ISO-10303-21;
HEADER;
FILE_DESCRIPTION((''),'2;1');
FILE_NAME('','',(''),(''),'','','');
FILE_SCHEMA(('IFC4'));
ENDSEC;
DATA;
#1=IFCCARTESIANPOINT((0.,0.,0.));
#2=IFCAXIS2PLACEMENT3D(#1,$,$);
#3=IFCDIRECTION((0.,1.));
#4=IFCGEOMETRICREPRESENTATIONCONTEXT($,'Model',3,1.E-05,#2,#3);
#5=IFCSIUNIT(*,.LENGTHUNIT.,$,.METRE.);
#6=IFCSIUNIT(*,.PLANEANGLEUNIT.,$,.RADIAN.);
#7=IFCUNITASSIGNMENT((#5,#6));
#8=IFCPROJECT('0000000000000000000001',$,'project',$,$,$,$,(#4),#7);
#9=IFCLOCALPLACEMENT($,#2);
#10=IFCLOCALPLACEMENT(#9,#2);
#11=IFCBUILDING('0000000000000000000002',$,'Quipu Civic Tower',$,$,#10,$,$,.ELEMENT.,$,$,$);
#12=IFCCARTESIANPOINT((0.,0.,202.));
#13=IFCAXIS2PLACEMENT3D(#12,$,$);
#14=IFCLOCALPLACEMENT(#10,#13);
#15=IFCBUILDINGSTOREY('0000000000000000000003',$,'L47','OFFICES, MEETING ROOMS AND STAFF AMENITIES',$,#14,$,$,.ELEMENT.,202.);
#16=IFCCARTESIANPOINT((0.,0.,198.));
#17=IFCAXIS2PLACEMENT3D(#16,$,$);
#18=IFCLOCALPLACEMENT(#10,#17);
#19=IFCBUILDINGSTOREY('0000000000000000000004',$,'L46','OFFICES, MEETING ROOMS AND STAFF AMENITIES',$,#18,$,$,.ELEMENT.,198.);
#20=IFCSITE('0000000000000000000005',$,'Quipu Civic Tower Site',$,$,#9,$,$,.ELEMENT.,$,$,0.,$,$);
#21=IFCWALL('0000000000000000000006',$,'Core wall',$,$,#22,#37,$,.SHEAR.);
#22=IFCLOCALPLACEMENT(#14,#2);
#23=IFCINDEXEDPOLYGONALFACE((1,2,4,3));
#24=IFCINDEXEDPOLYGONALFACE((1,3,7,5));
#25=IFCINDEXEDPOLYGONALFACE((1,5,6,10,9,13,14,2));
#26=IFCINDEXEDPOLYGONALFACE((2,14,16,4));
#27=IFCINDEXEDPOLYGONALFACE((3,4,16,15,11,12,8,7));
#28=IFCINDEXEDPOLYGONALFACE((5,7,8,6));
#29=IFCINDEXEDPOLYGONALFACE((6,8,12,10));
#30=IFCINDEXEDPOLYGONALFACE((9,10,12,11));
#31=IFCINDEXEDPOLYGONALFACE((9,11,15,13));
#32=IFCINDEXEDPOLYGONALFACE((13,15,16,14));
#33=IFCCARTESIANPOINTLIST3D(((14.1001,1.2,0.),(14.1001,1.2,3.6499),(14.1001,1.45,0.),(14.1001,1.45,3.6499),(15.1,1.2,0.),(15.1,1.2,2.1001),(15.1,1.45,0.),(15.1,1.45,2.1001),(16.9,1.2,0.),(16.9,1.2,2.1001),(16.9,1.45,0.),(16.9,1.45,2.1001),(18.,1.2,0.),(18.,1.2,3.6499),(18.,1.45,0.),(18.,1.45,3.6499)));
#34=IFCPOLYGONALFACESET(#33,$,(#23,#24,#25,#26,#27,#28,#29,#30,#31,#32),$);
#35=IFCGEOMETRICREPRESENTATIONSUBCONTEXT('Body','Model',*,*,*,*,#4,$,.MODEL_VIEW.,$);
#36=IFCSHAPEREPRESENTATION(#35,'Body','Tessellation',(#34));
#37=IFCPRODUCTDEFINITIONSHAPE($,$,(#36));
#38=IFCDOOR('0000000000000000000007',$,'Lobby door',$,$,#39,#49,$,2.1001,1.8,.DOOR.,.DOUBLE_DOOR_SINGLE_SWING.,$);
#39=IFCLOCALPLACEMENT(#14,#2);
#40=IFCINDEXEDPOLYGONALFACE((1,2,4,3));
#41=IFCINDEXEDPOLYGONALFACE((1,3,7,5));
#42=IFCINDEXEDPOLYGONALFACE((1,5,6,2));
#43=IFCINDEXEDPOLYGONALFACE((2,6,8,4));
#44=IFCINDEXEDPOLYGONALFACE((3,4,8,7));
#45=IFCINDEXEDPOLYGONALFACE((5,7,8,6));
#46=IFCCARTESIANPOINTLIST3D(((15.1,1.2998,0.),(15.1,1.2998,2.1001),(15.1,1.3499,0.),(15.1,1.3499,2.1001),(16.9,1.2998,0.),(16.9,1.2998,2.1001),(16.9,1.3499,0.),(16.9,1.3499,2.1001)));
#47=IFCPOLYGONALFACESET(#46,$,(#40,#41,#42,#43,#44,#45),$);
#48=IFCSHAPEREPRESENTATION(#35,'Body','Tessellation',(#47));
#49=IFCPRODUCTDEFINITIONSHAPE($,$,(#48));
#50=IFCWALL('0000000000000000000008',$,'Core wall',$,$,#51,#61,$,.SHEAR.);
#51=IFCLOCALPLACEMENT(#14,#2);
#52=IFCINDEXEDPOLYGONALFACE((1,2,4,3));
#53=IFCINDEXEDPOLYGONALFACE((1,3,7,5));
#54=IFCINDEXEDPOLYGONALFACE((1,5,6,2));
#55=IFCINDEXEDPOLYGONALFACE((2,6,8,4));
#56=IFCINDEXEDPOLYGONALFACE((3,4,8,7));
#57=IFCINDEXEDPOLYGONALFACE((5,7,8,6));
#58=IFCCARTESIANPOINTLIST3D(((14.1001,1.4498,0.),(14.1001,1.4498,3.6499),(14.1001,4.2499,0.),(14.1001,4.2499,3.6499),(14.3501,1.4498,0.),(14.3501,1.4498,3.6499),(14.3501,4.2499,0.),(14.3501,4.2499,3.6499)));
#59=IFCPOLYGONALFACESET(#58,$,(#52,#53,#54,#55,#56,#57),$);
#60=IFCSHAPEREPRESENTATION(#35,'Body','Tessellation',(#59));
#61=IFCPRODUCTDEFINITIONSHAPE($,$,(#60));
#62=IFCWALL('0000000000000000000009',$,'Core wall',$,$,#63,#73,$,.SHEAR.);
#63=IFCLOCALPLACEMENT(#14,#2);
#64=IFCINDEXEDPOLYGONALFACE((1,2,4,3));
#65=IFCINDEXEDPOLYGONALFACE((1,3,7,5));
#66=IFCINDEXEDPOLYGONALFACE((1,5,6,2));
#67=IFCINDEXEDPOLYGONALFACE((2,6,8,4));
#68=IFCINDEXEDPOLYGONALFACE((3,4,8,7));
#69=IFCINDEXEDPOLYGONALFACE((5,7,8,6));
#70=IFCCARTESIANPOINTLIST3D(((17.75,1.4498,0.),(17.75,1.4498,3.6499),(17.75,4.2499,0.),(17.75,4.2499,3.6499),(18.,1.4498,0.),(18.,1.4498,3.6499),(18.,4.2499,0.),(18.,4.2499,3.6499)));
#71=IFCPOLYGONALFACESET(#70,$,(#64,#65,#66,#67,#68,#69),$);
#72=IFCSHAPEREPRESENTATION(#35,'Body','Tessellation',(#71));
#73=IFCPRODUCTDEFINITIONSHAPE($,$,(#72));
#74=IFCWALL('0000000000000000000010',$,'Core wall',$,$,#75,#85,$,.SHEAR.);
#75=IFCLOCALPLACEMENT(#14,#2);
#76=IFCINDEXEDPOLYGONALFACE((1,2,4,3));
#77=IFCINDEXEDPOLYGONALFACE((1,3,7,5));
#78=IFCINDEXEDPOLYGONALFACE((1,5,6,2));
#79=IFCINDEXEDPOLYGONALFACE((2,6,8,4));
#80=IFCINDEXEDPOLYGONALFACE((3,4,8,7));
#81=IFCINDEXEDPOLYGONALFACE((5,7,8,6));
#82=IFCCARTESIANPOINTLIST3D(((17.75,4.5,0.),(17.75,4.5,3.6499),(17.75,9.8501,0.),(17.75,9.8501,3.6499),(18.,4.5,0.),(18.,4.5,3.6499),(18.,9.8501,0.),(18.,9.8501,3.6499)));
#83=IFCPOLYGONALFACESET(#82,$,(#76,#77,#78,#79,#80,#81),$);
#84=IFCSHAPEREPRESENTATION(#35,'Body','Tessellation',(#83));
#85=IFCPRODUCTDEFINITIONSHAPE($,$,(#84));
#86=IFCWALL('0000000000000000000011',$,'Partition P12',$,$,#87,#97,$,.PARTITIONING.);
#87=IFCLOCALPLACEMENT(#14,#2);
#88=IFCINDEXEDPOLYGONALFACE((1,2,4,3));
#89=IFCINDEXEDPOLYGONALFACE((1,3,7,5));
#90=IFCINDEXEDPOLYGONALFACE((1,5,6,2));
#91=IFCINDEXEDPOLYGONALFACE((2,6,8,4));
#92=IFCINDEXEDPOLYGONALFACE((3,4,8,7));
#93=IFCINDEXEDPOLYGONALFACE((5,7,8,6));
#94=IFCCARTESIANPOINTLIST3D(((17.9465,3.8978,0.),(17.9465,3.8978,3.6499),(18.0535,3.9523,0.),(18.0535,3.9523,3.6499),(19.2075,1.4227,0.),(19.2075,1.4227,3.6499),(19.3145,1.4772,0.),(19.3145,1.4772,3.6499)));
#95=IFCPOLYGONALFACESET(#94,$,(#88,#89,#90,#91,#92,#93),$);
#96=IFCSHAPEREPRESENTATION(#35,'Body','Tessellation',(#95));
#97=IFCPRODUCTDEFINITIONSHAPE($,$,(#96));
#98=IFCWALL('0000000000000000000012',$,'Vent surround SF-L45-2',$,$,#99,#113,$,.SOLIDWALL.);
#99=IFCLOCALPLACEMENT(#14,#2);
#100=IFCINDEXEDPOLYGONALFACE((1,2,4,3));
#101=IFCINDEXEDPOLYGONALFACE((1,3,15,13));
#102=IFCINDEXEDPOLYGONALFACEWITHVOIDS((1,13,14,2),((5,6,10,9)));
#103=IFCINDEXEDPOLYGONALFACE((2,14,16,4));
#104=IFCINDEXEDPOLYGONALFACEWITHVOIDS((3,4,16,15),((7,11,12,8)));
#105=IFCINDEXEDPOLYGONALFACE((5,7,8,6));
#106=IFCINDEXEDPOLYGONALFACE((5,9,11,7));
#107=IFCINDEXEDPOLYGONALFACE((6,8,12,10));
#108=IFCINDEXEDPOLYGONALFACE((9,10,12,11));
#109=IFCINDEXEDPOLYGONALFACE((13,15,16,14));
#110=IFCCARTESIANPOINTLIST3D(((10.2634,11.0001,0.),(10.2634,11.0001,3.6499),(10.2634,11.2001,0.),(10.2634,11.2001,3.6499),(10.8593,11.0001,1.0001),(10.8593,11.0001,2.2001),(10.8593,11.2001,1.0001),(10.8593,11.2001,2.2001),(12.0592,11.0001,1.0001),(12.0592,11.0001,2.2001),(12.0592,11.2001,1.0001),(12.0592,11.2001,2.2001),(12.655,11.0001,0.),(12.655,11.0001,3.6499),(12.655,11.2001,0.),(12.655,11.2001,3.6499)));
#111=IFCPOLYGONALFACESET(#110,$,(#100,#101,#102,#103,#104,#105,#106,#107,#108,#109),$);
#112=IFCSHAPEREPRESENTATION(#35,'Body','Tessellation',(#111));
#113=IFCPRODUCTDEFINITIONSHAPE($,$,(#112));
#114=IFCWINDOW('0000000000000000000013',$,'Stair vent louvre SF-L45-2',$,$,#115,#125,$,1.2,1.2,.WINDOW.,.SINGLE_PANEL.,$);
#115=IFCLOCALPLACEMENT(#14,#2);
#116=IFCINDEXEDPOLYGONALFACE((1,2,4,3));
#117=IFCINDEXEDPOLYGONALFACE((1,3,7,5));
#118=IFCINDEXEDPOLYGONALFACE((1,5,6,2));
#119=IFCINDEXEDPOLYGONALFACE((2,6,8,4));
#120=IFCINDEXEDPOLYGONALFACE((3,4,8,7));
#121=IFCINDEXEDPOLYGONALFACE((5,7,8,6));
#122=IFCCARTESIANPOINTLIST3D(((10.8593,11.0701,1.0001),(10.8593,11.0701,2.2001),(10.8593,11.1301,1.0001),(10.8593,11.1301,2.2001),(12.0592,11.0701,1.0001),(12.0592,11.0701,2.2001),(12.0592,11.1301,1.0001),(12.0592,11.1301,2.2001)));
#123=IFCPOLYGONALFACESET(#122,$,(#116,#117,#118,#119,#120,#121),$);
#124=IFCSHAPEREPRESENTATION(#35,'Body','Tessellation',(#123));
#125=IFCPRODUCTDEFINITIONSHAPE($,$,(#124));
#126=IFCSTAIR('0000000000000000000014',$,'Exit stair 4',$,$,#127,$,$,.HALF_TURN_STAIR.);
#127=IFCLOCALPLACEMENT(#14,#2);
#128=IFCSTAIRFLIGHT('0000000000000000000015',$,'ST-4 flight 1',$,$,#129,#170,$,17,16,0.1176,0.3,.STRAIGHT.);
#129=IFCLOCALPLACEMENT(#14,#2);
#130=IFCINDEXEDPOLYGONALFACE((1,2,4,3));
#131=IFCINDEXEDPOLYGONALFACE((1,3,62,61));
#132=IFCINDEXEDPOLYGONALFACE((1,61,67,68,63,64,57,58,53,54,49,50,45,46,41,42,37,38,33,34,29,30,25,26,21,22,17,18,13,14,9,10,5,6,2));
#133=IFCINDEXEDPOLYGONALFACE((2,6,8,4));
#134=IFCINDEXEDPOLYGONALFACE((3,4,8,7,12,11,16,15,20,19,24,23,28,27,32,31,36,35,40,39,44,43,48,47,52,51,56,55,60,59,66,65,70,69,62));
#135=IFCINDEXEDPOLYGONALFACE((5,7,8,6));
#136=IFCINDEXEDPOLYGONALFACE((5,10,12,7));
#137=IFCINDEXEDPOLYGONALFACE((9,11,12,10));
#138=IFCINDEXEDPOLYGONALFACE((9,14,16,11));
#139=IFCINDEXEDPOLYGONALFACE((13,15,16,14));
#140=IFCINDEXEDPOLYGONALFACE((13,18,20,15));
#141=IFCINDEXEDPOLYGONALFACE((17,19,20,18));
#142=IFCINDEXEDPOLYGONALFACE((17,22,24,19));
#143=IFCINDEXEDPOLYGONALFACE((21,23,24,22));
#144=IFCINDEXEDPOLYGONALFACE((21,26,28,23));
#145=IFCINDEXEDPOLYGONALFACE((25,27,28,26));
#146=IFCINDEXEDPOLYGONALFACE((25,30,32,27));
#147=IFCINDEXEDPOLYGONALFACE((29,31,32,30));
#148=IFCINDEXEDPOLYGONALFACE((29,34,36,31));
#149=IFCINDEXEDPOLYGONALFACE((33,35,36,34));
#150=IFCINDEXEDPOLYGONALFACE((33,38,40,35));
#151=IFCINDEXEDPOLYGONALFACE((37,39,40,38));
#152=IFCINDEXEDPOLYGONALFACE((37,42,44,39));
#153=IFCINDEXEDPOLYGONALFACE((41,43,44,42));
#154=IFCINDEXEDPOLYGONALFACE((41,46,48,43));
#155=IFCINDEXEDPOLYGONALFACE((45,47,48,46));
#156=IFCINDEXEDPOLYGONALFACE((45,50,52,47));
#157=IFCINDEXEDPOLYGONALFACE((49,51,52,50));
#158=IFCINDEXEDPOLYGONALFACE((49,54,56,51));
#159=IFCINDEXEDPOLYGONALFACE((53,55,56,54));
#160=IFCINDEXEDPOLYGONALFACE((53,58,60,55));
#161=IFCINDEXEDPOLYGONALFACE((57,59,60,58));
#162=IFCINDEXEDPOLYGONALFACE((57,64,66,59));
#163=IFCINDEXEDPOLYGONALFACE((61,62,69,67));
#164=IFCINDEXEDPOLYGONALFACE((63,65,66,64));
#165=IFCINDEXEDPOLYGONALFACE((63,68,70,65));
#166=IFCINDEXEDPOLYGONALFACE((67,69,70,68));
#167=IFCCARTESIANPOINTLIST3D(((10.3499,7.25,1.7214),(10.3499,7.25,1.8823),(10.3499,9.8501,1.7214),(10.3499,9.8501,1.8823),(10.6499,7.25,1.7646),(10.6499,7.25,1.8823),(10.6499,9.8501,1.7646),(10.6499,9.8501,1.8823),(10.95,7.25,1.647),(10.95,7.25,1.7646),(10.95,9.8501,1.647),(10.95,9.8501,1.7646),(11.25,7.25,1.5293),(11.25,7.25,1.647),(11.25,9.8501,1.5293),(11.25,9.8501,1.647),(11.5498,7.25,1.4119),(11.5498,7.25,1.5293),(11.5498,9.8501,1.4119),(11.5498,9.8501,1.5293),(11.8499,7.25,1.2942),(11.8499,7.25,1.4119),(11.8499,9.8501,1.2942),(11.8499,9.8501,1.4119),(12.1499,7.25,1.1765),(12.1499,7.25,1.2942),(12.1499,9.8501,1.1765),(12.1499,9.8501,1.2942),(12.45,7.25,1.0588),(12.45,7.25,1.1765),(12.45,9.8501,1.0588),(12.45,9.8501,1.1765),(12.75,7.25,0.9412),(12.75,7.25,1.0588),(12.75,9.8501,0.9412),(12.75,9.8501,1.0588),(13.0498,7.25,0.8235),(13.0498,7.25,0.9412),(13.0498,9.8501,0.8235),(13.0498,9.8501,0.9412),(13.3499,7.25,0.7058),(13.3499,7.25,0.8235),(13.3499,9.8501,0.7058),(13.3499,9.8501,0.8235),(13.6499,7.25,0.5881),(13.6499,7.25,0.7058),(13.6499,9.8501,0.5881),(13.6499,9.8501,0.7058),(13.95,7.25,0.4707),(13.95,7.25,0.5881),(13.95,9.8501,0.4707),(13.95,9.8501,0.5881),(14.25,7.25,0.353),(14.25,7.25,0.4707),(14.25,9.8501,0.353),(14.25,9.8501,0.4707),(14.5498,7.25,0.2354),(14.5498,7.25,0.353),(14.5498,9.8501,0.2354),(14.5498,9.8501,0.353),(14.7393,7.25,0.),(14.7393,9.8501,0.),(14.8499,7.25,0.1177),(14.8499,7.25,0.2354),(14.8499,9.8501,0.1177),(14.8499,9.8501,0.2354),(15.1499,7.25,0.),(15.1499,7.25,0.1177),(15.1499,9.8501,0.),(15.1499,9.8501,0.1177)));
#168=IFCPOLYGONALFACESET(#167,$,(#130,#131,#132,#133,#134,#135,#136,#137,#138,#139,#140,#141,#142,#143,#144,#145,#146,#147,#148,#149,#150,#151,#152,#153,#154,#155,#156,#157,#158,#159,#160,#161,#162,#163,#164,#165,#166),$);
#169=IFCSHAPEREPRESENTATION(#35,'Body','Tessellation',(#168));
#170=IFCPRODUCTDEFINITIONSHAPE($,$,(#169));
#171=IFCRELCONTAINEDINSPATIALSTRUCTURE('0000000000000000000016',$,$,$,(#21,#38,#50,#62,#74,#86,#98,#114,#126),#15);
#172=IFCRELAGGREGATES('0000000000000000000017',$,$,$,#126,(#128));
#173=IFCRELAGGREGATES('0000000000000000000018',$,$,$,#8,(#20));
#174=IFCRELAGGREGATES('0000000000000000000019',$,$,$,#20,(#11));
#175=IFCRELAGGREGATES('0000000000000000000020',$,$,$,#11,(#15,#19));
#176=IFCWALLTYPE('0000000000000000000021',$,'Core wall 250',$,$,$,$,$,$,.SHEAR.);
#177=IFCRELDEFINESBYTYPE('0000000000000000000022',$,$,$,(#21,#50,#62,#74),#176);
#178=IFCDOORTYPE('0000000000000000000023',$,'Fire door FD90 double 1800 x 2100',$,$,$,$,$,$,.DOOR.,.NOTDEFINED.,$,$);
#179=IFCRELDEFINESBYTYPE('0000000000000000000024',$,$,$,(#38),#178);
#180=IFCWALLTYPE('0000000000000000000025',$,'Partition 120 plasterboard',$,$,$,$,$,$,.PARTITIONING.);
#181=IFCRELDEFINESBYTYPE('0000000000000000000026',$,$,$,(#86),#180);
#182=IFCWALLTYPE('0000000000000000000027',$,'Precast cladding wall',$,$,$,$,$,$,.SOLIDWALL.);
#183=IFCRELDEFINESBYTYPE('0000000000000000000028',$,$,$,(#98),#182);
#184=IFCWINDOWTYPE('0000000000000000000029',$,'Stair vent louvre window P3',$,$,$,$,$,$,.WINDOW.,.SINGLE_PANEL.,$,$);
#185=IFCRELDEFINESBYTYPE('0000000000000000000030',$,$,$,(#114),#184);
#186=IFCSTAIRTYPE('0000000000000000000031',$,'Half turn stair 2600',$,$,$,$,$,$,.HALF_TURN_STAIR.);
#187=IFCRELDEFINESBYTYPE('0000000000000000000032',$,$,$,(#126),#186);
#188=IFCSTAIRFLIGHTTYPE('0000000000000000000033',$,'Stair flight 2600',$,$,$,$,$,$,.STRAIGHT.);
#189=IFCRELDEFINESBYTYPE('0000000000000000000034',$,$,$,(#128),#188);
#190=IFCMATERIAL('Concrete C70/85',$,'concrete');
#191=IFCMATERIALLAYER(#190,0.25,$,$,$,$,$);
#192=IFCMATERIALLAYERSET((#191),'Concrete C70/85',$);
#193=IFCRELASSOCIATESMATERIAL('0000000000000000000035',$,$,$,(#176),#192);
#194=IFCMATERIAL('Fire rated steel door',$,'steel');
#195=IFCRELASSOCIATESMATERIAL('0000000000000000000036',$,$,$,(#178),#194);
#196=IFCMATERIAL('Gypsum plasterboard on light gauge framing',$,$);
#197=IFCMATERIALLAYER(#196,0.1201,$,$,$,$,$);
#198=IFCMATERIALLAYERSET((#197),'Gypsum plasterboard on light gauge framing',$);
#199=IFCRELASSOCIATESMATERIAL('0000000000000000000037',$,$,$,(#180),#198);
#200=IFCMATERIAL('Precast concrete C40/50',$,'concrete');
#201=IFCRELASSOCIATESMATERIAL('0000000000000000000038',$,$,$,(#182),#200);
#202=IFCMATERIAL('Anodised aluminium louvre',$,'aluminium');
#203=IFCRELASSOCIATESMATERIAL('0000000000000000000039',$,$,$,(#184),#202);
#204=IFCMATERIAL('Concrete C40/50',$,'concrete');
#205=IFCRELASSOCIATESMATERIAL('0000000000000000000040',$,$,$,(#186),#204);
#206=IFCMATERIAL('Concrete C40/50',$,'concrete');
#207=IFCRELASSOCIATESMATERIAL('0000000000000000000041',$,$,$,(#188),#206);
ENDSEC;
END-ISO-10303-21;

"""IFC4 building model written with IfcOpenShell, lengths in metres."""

from ifc_helpers import new_model, si_unit, direction, frame, frame_2d, origin, place, context, subcontext, project, spatial, polyline, rectangle, outline, extrude, material, layer, layer_set, type_object, element, fill, aggregate, save


model = new_model("IFC4")

# Units and contexts
model_context = context("Model", 3, precision=1e-05, world=origin(), true_north=direction((0.0, 1.0)))
body_context = subcontext(model_context, "Body", "Model", "MODEL_VIEW")
ifc_project = project(units=[si_unit("LENGTHUNIT", "METRE"), si_unit("PLANEANGLEUNIT", "RADIAN")], contexts=[model_context])

# Site, building, storey
site_placement = place(None, origin())
site = spatial("IfcSite", under=ifc_project, at=site_placement, Name="Quipu Civic Tower Site", CompositionType="ELEMENT", RefElevation=0.0)
building_placement = place(site_placement, origin())
building = spatial("IfcBuilding", under=site, at=building_placement, Name="Quipu Civic Tower", CompositionType="ELEMENT")
storey_1_placement = place(building_placement, frame((0.0, 0.0, 202.0)))
storey_1 = spatial("IfcBuildingStorey", under=building, at=storey_1_placement, Name="L47", Description="OFFICES, MEETING ROOMS AND STAFF AMENITIES", CompositionType="ELEMENT", Elevation=202.0)

# Shared definitions
storey_2_placement = place(building_placement, frame((0.0, 0.0, 198.0)))
storey_2 = spatial("IfcBuildingStorey", under=building, at=storey_2_placement, Name="L46", Description="OFFICES, MEETING ROOMS AND STAFF AMENITIES", CompositionType="ELEMENT", Elevation=198.0)

# Wall, opening, door
ifc_material_1 = material(Name="Concrete C70/85", Category="concrete")
ifc_layer_1 = layer(ifc_material_1, 0.25)
ifc_layer_set_1 = layer_set([ifc_layer_1], Name="Concrete C70/85")
wall_type_1 = type_object("IfcWallType", Name="Core wall 250", PredefinedType="SHEAR", material=ifc_layer_set_1)
wall_1_placement = place(storey_1_placement, frame((14.1001, 1.325, 0.0), z_axis=(0.0, 0.0, 1.0), x_axis=(1.0, 0.0, 0.0)))
wall_1 = element("IfcWall", 1, at=wall_1_placement, inside=storey_1, type_object=wall_type_1, Name="Core wall", PredefinedType="SHEAR", context=body_context, shape_type="SweptSolid", body=[
    extrude(rectangle(XDim=3.8999, YDim=0.25, at=frame_2d((1.95, 0.0))), origin(), (0.0, 0.0, 1.0), 3.6499),
])
opening_1_placement = place(wall_1_placement, frame((1.0, 0.0, 0.0)))
opening_1 = element("IfcOpeningElement", 2, at=opening_1_placement, cuts=wall_1, PredefinedType="OPENING", context=body_context, shape_type="SweptSolid", body=[
    extrude(rectangle(XDim=1.8, YDim=2.1001, at=frame_2d((0.8999, 1.05))), frame((0.0, 0.135, 0.0), z_axis=(0.0, -1.0, 0.0), x_axis=(1.0, 0.0, 0.0)), (0.0, 0.0, 1.0), 0.27),
])
ifc_material_2 = material(Name="Fire rated steel door", Category="steel")
door_type = type_object("IfcDoorType", Name="Fire door FD90 double 1800 x 2100", OperationType="NOTDEFINED", PredefinedType="DOOR", material=ifc_material_2)
door_placement = place(opening_1_placement, origin())
door = element("IfcDoor", 3, at=door_placement, inside=storey_1, type_object=door_type, Name="Lobby door", OperationType="DOUBLE_DOOR_SINGLE_SWING", OverallHeight=2.1001, OverallWidth=1.8, PredefinedType="DOOR", context=body_context, shape_type="SweptSolid", body=[
    extrude(rectangle(XDim=1.8, YDim=2.1001, at=frame_2d((0.8999, 1.05))), frame((0.0, 0.0249, 0.0), z_axis=(0.0, -1.0, 0.0), x_axis=(1.0, 0.0, 0.0)), (0.0, 0.0, 1.0), 0.05),
])
fill(opening_1, door)

# Walls
for number, where, z_axis, x_axis, name in (
    (4, (14.2251, 1.45, 0.0), (0.0, 0.0, 1.0), (0.0, 1.0, 0.0), "Core wall"),
    (5, (17.875, 1.45, 0.0), (0.0, 0.0, 1.0), (0.0, 1.0, 0.0), "Core wall"),
):
    element("IfcWall", number, at=place(storey_1_placement, frame(where, z_axis=z_axis, x_axis=x_axis)), inside=storey_1, type_object=wall_type_1, Name=name, PredefinedType="SHEAR", context=body_context, shape_type="SweptSolid", body=[
        extrude(rectangle(XDim=2.8, YDim=0.25, at=frame_2d((1.3999, 0.0))), origin(), (0.0, 0.0, 1.0), 3.6499),
    ])
wall_2_placement = place(storey_1_placement, frame((17.875, 4.5, 0.0), z_axis=(0.0, 0.0, 1.0), x_axis=(0.0, 1.0, 0.0)))
element("IfcWall", 6, at=wall_2_placement, inside=storey_1, type_object=wall_type_1, Name="Core wall", PredefinedType="SHEAR", context=body_context, shape_type="SweptSolid", body=[
    extrude(rectangle(XDim=5.3501, YDim=0.25, at=frame_2d((2.675, 0.0))), origin(), (0.0, 0.0, 1.0), 3.6499),
])
ifc_material_3 = material(Name="Gypsum plasterboard on light gauge framing")
ifc_layer_2 = layer(ifc_material_3, 0.1201)
ifc_layer_set_2 = layer_set([ifc_layer_2], Name="Gypsum plasterboard on light gauge framing")
wall_type_2 = type_object("IfcWallType", Name="Partition 120 plasterboard", PredefinedType="PARTITIONING", material=ifc_layer_set_2)
wall_3_placement = place(storey_1_placement, frame((18.0, 3.925, 0.0), z_axis=(0.0, 0.0, 1.0), x_axis=(0.453951, -0.891027, 0.0)))
element("IfcWall", 7, at=wall_3_placement, inside=storey_1, type_object=wall_type_2, Name="Partition P12", PredefinedType="PARTITIONING", context=body_context, shape_type="SweptSolid", body=[
    extrude(rectangle(XDim=2.7778, YDim=0.1201, at=frame_2d((1.3889, 0.0))), origin(), (0.0, 0.0, 1.0), 3.6499),
])

# Wall, opening, window
ifc_material_4 = material(Name="Precast concrete C40/50", Category="concrete")
wall_type_3 = type_object("IfcWallType", Name="Precast cladding wall", PredefinedType="SOLIDWALL", material=ifc_material_4)
wall_4_placement = place(storey_1_placement, frame((12.655, 11.1001, 0.0), z_axis=(0.0, 0.0, 1.0), x_axis=(-1.0, 0.0, 0.0)))
wall_4 = element("IfcWall", 8, at=wall_4_placement, inside=storey_1, type_object=wall_type_3, Name="Vent surround SF-L45-2", PredefinedType="SOLIDWALL", context=body_context, shape_type="SweptSolid", body=[
    extrude(rectangle(XDim=2.3916, YDim=0.2, at=frame_2d((1.1958, 0.0))), origin(), (0.0, 0.0, 1.0), 3.6499),
])
opening_2_placement = place(wall_4_placement, frame((0.5957, 0.0, 1.0)))
opening_2 = element("IfcOpeningElement", 9, at=opening_2_placement, cuts=wall_4, PredefinedType="OPENING", context=body_context, shape_type="SweptSolid", body=[
    extrude(rectangle(XDim=1.2, YDim=1.2, at=frame_2d((0.6001, 0.6001))), frame((0.0, 0.1099, 0.0), z_axis=(0.0, -1.0, 0.0), x_axis=(1.0, 0.0, 0.0)), (0.0, 0.0, 1.0), 0.22),
])
ifc_material_5 = material(Name="Anodised aluminium louvre", Category="aluminium")
window_type = type_object("IfcWindowType", Name="Stair vent louvre window P3", PartitioningType="SINGLE_PANEL", PredefinedType="WINDOW", material=ifc_material_5)
window_placement = place(opening_2_placement, origin())
window = element("IfcWindow", 10, at=window_placement, inside=storey_1, type_object=window_type, Name="Stair vent louvre SF-L45-2", OverallHeight=1.2, OverallWidth=1.2, PartitioningType="SINGLE_PANEL", PredefinedType="WINDOW", context=body_context, shape_type="SweptSolid", body=[
    extrude(rectangle(XDim=1.2, YDim=1.2, at=frame_2d((0.6001, 0.6001))), frame((0.0, 0.03, 0.0), z_axis=(0.0, -1.0, 0.0), x_axis=(1.0, 0.0, 0.0)), (0.0, 0.0, 1.0), 0.0601),
])
fill(opening_2, window)

# Stair, stair flight
ifc_material_6 = material(Name="Concrete C40/50", Category="concrete")
stair_type = type_object("IfcStairType", Name="Half turn stair 2600", PredefinedType="HALF_TURN_STAIR", material=ifc_material_6)
stair_placement = place(storey_1_placement, origin())
stair = element("IfcStair", 11, at=stair_placement, inside=storey_1, type_object=stair_type, Name="Exit stair 4", PredefinedType="HALF_TURN_STAIR")
ifc_material_7 = material(Name="Concrete C40/50", Category="concrete")
stair_flight_type = type_object("IfcStairFlightType", Name="Stair flight 2600", PredefinedType="STRAIGHT", material=ifc_material_7)
stair_flight_1_placement = place(storey_1_placement, frame((15.1499, 8.55, 0.0), z_axis=(0.0, 0.0, 1.0), x_axis=(-1.0, 0.0, 0.0)))
stair_flight_1 = element("IfcStairFlight", 12, at=stair_flight_1_placement, type_object=stair_flight_type, Name="ST-4 flight 1", NumberOfRisers=17, NumberOfTreads=16, PredefinedType="STRAIGHT", RiserHeight=0.1176, TreadLength=0.3, context=body_context, shape_type="SweptSolid", body=[
    extrude(outline(polyline([(0.0, 0.0), (0.0, 0.1177), (0.3, 0.1177), (0.3, 0.2354), (0.6001, 0.2354), (0.6001, 0.353), (0.8999, 0.353), (0.8999, 0.4707), (1.2, 0.4707), (1.2, 0.5881), (1.5, 0.5881), (1.5, 0.7058), (1.8, 0.7058), (1.8, 0.8235), (2.1001, 0.8235), (2.1001, 0.9412), (2.3999, 0.9412), (2.3999, 1.0588), (2.7, 1.0588), (2.7, 1.1765), (3.0, 1.1765), (3.0, 1.2942), (3.3, 1.2942), (3.3, 1.4119), (3.6001, 1.4119), (3.6001, 1.5293), (3.8999, 1.5293), (3.8999, 1.647), (4.2, 1.647), (4.2, 1.7646), (4.5, 1.7646), (4.5, 1.8823), (4.8, 1.8823), (4.8, 2.0), (4.8, 1.7214), (0.4106, 0.0), (0.0, 0.0)])), frame((0.0, 1.3, 0.0), z_axis=(0.0, -1.0, 0.0), x_axis=(1.0, 0.0, 0.0)), (0.0, 0.0, 1.0), 2.6001),
])
aggregate(stair, [stair_flight_1])

save(model, "model.ifc")
